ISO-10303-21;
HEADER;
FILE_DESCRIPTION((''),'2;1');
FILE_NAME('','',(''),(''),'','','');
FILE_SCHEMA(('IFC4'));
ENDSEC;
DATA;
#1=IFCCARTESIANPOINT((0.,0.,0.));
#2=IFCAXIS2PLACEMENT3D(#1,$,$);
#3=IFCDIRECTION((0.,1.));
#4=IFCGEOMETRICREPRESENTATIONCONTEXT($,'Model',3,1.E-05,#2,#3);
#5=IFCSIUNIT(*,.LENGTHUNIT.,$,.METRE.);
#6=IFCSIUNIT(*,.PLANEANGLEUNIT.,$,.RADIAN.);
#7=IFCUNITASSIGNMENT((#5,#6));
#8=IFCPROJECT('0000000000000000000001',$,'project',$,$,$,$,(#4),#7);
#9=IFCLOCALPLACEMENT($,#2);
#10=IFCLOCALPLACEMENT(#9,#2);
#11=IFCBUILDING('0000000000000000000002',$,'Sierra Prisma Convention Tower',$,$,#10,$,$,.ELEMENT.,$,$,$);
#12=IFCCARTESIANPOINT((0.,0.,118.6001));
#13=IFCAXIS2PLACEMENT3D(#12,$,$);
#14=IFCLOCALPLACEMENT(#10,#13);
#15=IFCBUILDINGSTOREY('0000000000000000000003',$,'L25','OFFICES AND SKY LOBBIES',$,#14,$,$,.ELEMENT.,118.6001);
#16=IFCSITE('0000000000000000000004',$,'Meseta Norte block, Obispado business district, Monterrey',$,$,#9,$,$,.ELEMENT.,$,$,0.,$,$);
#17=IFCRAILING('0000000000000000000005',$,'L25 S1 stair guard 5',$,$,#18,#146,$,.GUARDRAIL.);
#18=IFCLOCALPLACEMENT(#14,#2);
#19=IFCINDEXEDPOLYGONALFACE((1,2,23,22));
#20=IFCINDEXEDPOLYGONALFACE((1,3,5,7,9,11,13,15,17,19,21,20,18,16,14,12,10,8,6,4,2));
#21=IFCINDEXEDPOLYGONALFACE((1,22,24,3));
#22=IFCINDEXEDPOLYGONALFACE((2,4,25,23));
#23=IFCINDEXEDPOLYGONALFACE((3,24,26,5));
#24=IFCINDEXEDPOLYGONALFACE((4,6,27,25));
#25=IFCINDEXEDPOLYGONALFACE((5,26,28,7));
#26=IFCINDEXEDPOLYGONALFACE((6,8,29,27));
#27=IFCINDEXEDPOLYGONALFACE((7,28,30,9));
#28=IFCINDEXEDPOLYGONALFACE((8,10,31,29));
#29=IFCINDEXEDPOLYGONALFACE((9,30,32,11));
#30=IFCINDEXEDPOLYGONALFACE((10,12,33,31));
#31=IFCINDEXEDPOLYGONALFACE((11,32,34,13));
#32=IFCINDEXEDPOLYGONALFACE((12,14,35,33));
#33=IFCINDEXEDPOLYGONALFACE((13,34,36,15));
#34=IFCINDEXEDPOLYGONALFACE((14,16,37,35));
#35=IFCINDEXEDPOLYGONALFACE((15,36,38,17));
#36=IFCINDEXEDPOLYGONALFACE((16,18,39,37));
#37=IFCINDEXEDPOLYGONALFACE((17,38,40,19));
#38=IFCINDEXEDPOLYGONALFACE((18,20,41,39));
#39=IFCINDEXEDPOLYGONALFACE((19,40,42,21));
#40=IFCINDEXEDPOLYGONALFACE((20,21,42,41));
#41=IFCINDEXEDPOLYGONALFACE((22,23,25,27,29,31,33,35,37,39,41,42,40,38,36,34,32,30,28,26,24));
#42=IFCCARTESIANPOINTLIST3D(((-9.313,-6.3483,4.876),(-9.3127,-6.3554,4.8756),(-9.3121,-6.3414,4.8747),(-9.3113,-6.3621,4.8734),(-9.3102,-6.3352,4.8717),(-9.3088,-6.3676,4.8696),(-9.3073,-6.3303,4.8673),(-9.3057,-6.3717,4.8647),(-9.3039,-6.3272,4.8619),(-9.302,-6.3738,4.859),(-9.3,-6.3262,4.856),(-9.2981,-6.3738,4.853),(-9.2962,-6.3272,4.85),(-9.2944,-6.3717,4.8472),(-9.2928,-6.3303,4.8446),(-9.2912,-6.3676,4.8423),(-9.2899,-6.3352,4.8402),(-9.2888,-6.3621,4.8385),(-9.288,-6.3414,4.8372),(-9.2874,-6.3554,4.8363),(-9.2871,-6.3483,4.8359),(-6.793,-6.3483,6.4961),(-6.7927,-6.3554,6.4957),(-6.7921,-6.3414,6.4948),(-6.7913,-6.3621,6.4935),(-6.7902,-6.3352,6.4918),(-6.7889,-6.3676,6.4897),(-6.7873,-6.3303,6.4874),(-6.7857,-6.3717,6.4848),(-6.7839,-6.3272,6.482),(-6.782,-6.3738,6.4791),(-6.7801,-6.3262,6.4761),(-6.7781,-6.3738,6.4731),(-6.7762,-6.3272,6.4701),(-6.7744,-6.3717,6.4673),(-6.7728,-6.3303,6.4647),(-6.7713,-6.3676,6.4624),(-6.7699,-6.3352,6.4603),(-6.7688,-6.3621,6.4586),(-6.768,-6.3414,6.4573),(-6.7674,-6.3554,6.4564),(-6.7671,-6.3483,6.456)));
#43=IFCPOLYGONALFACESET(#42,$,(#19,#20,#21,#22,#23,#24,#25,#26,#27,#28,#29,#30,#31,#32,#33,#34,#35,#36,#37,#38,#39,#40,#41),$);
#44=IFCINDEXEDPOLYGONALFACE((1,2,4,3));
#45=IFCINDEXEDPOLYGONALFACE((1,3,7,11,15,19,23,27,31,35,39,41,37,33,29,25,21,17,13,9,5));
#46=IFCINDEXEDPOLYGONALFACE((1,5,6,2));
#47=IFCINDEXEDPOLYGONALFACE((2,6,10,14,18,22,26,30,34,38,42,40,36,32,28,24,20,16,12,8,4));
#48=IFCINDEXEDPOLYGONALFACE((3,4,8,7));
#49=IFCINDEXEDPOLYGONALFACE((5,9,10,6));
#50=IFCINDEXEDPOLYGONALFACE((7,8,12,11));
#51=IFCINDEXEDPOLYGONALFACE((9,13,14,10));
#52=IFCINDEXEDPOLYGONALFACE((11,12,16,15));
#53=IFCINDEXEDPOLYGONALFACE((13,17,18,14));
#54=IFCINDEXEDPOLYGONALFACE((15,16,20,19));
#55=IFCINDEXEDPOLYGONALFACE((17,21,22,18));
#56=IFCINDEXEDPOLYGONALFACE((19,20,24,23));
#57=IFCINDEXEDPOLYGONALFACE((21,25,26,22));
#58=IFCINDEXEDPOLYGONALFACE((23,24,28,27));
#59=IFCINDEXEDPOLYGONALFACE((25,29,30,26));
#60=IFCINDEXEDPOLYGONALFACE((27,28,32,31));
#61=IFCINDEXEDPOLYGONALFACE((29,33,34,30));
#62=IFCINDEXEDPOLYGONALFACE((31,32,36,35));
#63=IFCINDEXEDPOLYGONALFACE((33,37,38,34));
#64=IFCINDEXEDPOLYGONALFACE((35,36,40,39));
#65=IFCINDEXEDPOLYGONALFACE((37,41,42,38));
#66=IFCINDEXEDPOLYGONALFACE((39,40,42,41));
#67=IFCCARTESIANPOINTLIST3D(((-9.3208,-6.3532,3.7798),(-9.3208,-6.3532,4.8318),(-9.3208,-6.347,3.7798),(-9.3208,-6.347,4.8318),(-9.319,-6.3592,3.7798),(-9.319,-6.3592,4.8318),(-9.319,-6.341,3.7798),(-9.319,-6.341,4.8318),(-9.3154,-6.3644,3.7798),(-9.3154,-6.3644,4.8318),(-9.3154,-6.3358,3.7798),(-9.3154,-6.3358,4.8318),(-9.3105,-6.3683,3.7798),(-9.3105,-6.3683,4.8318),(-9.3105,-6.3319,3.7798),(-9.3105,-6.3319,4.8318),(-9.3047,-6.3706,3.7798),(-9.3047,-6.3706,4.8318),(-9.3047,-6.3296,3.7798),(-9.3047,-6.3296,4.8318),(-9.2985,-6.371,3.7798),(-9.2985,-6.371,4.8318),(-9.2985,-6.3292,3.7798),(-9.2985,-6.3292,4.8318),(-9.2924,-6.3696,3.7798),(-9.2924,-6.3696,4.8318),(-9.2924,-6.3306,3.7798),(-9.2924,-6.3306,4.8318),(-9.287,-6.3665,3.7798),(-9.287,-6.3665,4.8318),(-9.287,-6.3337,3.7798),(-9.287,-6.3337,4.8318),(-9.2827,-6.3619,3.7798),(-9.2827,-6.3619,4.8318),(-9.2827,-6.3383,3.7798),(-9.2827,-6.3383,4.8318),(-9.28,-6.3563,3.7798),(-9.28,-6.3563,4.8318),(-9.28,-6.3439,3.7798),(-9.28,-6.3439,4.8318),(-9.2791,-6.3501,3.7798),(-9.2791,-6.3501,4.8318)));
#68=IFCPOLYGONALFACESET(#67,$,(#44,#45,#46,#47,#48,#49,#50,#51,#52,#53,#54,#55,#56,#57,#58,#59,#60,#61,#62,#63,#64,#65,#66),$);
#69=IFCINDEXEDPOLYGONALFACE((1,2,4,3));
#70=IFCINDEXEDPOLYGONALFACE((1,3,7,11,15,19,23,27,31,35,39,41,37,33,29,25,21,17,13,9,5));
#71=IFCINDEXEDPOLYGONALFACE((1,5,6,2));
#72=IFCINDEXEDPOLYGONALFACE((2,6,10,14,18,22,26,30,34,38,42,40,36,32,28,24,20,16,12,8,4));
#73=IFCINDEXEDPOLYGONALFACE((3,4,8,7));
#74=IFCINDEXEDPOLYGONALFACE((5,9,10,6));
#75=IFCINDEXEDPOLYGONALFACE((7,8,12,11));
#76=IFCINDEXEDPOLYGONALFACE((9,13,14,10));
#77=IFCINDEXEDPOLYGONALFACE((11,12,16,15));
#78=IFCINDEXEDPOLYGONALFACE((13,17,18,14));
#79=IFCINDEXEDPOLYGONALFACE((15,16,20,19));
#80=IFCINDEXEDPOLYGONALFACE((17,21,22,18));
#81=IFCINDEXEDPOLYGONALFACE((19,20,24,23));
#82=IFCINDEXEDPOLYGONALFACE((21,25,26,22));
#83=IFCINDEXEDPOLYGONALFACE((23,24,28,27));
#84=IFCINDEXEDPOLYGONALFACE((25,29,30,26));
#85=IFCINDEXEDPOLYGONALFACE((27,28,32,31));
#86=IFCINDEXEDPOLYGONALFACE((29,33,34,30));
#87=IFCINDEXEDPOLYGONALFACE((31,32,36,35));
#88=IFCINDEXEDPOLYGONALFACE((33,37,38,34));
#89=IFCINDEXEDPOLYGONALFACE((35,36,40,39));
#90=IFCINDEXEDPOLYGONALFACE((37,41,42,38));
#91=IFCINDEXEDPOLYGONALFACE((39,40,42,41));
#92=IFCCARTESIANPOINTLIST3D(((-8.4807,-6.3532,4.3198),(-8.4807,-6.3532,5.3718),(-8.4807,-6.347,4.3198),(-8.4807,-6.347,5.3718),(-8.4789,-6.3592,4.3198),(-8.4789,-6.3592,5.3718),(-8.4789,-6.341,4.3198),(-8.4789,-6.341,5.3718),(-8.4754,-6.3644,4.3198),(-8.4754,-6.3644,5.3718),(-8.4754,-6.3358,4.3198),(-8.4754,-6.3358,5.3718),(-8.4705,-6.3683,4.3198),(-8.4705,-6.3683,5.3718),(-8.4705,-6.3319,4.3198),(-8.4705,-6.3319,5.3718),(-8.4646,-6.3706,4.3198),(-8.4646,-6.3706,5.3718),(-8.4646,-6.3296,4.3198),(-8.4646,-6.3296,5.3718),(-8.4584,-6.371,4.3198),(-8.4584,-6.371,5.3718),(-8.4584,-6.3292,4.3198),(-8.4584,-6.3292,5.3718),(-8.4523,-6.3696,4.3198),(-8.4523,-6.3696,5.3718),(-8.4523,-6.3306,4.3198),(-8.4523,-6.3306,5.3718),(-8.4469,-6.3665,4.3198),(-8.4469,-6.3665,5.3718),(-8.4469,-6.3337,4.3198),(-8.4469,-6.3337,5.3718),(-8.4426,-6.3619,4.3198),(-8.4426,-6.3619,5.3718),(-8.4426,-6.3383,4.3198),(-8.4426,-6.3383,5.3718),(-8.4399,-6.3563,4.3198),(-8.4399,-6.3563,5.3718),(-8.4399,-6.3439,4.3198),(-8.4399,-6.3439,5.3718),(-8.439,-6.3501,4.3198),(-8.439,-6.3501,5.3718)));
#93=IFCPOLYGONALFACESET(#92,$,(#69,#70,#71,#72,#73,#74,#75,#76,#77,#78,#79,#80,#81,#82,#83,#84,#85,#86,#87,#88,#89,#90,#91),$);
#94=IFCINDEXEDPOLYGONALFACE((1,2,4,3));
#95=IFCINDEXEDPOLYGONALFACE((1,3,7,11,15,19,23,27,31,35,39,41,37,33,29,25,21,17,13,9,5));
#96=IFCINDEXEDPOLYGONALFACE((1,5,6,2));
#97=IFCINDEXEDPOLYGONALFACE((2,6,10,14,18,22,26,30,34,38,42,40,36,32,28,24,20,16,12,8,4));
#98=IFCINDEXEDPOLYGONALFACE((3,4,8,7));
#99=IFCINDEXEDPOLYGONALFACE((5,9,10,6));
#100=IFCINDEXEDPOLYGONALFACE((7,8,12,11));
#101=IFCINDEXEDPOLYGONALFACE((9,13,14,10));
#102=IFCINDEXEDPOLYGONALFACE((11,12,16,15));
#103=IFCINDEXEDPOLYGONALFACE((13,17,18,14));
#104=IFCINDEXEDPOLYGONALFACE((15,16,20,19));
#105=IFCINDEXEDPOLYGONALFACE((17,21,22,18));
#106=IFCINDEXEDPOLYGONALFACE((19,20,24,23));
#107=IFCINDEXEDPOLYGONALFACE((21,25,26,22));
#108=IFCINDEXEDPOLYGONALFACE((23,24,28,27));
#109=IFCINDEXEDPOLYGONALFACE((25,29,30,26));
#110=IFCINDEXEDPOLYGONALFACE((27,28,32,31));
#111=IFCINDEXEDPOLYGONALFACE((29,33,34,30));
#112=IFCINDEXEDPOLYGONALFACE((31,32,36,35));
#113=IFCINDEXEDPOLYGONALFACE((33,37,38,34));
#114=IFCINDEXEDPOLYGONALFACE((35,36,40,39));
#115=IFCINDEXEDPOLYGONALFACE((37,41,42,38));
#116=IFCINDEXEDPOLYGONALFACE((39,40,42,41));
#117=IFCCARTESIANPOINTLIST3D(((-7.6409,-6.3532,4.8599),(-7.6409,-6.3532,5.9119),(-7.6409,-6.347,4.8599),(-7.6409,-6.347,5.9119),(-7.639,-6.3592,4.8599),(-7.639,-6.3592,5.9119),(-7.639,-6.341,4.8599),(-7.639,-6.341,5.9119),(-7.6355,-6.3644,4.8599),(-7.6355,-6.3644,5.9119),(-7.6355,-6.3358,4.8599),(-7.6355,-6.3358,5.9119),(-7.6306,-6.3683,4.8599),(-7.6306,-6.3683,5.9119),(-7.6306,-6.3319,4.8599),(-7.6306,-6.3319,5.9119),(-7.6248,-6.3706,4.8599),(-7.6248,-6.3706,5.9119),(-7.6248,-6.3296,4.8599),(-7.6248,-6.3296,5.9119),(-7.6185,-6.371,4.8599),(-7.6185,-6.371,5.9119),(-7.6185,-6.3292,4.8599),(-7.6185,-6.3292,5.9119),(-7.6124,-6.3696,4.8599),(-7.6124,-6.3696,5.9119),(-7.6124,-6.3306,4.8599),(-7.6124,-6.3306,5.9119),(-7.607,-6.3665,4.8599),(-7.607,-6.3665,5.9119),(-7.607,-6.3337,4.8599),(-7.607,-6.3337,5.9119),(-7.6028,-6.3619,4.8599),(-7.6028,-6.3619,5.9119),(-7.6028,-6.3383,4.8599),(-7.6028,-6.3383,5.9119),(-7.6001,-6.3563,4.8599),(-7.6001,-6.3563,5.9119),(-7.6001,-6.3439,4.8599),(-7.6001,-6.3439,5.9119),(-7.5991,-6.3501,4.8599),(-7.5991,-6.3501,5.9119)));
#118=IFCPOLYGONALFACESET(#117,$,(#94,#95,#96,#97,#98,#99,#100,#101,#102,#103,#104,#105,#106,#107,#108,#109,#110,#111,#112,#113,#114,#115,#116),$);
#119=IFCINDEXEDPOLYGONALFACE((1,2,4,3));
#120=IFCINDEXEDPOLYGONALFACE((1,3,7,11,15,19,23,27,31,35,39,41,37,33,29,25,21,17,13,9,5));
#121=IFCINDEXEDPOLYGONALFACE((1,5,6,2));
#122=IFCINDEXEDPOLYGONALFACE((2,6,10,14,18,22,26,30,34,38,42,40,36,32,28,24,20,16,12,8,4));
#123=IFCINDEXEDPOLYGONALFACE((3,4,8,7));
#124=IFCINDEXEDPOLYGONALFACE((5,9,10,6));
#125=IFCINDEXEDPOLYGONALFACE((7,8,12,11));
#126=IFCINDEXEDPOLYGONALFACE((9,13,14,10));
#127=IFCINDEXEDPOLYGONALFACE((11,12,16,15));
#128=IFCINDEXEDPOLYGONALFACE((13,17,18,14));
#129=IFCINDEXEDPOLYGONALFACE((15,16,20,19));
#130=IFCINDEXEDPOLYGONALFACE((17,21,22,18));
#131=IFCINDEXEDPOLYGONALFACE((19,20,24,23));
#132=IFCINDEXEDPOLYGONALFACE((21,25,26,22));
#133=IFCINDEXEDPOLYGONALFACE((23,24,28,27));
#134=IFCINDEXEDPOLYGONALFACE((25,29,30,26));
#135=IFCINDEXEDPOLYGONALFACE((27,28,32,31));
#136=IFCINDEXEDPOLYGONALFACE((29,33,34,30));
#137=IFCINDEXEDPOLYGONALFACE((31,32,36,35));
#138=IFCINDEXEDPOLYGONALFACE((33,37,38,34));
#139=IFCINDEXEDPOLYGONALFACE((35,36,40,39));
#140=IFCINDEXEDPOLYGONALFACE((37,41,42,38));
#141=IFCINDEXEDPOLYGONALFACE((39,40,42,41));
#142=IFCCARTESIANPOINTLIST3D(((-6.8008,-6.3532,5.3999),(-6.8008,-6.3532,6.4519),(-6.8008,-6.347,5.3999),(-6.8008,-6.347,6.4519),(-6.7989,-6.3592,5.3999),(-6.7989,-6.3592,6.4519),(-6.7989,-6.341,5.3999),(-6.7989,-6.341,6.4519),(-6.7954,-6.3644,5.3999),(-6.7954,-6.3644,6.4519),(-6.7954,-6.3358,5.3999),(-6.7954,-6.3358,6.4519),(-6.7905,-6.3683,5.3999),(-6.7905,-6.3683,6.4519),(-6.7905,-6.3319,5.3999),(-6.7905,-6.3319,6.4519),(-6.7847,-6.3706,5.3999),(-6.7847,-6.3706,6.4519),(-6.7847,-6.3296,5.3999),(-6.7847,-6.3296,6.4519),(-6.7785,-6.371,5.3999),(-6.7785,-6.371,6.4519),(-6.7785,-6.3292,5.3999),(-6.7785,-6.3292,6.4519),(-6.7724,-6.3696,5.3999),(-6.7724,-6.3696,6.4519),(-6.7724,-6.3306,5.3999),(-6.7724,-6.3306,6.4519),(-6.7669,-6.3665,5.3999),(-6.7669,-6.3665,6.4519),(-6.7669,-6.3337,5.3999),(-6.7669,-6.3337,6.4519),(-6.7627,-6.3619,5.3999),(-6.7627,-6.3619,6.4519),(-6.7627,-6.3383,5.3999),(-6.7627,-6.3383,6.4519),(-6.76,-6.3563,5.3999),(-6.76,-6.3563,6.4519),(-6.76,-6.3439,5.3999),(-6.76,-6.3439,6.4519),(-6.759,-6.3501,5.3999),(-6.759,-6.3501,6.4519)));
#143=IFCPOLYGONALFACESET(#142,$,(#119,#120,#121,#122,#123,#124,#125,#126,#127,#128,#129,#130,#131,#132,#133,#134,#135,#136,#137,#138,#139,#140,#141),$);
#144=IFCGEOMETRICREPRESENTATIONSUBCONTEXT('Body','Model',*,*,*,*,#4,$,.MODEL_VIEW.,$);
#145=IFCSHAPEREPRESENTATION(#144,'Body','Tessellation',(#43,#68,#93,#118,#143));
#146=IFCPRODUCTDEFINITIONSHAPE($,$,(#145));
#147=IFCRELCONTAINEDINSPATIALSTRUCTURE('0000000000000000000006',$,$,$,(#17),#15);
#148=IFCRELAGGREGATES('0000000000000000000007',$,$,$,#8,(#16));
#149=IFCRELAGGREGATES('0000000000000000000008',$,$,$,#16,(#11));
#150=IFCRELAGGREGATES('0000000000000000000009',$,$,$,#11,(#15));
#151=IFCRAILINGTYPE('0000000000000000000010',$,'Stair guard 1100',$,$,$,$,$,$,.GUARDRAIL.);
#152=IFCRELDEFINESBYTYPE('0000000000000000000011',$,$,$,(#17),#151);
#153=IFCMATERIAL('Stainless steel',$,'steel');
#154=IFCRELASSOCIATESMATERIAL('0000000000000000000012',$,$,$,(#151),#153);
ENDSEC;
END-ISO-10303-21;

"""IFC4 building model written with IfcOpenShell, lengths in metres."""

from ifc_helpers import new_model, si_unit, direction, frame, origin, origin_2d, place, context, subcontext, project, spatial, circle, extrude, material, type_object, element, save


model = new_model("IFC4")

# Units and contexts
model_context = context("Model", 3, precision=1e-05, world=origin(), true_north=direction((0.0, 1.0)))
body_context = subcontext(model_context, "Body", "Model", "MODEL_VIEW")
ifc_project = project(units=[si_unit("LENGTHUNIT", "METRE"), si_unit("PLANEANGLEUNIT", "RADIAN")], contexts=[model_context])

# Site, building, storey
site_placement = place(None, origin())
site = spatial("IfcSite", under=ifc_project, at=site_placement, Name="Meseta Norte block, Obispado business district, Monterrey", CompositionType="ELEMENT", RefElevation=0.0)
building_placement = place(site_placement, origin())
building = spatial("IfcBuilding", under=site, at=building_placement, Name="Sierra Prisma Convention Tower", CompositionType="ELEMENT")
storey_placement = place(building_placement, frame((0.0, 0.0, 118.6001)))
storey = spatial("IfcBuildingStorey", under=building, at=storey_placement, Name="L25", Description="OFFICES AND SKY LOBBIES", CompositionType="ELEMENT", Elevation=118.6001)

# Railing
ifc_material_1 = material(Name="Stainless steel", Category="steel")
railing_type_1 = type_object("IfcRailingType", Name="Stair guard 1100", PredefinedType="GUARDRAIL", material=ifc_material_1)
railing_1_placement = place(storey_placement, frame((-9.3, -6.3501, 3.7798)))
element("IfcRailing", 1, at=railing_1_placement, inside=storey, type_object=railing_type_1, Name="L25 S1 stair guard 5", PredefinedType="GUARDRAIL", context=body_context, shape_type="SweptSolid", body=[
    extrude(circle(Radius=0.0239, at=origin_2d()), frame((0.0, 0.0, 1.0762), z_axis=(0.841163, 0.0, 0.540782), x_axis=(0.0, 1.0, 0.0)), (0.0, 0.0, 1.0), 2.9958),
    extrude(circle(Radius=0.021, at=origin_2d()), origin(), (0.0, 0.0, 1.0), 1.052),
    extrude(circle(Radius=0.021, at=origin_2d()), frame((0.8401, 0.0, 0.54)), (0.0, 0.0, 1.0), 1.052),
    extrude(circle(Radius=0.021, at=origin_2d()), frame((1.6799, 0.0, 1.0801)), (0.0, 0.0, 1.0), 1.052),
    extrude(circle(Radius=0.021, at=origin_2d()), frame((2.52, 0.0, 1.6201)), (0.0, 0.0, 1.0), 1.052),
])

save(model, "model.ifc")
